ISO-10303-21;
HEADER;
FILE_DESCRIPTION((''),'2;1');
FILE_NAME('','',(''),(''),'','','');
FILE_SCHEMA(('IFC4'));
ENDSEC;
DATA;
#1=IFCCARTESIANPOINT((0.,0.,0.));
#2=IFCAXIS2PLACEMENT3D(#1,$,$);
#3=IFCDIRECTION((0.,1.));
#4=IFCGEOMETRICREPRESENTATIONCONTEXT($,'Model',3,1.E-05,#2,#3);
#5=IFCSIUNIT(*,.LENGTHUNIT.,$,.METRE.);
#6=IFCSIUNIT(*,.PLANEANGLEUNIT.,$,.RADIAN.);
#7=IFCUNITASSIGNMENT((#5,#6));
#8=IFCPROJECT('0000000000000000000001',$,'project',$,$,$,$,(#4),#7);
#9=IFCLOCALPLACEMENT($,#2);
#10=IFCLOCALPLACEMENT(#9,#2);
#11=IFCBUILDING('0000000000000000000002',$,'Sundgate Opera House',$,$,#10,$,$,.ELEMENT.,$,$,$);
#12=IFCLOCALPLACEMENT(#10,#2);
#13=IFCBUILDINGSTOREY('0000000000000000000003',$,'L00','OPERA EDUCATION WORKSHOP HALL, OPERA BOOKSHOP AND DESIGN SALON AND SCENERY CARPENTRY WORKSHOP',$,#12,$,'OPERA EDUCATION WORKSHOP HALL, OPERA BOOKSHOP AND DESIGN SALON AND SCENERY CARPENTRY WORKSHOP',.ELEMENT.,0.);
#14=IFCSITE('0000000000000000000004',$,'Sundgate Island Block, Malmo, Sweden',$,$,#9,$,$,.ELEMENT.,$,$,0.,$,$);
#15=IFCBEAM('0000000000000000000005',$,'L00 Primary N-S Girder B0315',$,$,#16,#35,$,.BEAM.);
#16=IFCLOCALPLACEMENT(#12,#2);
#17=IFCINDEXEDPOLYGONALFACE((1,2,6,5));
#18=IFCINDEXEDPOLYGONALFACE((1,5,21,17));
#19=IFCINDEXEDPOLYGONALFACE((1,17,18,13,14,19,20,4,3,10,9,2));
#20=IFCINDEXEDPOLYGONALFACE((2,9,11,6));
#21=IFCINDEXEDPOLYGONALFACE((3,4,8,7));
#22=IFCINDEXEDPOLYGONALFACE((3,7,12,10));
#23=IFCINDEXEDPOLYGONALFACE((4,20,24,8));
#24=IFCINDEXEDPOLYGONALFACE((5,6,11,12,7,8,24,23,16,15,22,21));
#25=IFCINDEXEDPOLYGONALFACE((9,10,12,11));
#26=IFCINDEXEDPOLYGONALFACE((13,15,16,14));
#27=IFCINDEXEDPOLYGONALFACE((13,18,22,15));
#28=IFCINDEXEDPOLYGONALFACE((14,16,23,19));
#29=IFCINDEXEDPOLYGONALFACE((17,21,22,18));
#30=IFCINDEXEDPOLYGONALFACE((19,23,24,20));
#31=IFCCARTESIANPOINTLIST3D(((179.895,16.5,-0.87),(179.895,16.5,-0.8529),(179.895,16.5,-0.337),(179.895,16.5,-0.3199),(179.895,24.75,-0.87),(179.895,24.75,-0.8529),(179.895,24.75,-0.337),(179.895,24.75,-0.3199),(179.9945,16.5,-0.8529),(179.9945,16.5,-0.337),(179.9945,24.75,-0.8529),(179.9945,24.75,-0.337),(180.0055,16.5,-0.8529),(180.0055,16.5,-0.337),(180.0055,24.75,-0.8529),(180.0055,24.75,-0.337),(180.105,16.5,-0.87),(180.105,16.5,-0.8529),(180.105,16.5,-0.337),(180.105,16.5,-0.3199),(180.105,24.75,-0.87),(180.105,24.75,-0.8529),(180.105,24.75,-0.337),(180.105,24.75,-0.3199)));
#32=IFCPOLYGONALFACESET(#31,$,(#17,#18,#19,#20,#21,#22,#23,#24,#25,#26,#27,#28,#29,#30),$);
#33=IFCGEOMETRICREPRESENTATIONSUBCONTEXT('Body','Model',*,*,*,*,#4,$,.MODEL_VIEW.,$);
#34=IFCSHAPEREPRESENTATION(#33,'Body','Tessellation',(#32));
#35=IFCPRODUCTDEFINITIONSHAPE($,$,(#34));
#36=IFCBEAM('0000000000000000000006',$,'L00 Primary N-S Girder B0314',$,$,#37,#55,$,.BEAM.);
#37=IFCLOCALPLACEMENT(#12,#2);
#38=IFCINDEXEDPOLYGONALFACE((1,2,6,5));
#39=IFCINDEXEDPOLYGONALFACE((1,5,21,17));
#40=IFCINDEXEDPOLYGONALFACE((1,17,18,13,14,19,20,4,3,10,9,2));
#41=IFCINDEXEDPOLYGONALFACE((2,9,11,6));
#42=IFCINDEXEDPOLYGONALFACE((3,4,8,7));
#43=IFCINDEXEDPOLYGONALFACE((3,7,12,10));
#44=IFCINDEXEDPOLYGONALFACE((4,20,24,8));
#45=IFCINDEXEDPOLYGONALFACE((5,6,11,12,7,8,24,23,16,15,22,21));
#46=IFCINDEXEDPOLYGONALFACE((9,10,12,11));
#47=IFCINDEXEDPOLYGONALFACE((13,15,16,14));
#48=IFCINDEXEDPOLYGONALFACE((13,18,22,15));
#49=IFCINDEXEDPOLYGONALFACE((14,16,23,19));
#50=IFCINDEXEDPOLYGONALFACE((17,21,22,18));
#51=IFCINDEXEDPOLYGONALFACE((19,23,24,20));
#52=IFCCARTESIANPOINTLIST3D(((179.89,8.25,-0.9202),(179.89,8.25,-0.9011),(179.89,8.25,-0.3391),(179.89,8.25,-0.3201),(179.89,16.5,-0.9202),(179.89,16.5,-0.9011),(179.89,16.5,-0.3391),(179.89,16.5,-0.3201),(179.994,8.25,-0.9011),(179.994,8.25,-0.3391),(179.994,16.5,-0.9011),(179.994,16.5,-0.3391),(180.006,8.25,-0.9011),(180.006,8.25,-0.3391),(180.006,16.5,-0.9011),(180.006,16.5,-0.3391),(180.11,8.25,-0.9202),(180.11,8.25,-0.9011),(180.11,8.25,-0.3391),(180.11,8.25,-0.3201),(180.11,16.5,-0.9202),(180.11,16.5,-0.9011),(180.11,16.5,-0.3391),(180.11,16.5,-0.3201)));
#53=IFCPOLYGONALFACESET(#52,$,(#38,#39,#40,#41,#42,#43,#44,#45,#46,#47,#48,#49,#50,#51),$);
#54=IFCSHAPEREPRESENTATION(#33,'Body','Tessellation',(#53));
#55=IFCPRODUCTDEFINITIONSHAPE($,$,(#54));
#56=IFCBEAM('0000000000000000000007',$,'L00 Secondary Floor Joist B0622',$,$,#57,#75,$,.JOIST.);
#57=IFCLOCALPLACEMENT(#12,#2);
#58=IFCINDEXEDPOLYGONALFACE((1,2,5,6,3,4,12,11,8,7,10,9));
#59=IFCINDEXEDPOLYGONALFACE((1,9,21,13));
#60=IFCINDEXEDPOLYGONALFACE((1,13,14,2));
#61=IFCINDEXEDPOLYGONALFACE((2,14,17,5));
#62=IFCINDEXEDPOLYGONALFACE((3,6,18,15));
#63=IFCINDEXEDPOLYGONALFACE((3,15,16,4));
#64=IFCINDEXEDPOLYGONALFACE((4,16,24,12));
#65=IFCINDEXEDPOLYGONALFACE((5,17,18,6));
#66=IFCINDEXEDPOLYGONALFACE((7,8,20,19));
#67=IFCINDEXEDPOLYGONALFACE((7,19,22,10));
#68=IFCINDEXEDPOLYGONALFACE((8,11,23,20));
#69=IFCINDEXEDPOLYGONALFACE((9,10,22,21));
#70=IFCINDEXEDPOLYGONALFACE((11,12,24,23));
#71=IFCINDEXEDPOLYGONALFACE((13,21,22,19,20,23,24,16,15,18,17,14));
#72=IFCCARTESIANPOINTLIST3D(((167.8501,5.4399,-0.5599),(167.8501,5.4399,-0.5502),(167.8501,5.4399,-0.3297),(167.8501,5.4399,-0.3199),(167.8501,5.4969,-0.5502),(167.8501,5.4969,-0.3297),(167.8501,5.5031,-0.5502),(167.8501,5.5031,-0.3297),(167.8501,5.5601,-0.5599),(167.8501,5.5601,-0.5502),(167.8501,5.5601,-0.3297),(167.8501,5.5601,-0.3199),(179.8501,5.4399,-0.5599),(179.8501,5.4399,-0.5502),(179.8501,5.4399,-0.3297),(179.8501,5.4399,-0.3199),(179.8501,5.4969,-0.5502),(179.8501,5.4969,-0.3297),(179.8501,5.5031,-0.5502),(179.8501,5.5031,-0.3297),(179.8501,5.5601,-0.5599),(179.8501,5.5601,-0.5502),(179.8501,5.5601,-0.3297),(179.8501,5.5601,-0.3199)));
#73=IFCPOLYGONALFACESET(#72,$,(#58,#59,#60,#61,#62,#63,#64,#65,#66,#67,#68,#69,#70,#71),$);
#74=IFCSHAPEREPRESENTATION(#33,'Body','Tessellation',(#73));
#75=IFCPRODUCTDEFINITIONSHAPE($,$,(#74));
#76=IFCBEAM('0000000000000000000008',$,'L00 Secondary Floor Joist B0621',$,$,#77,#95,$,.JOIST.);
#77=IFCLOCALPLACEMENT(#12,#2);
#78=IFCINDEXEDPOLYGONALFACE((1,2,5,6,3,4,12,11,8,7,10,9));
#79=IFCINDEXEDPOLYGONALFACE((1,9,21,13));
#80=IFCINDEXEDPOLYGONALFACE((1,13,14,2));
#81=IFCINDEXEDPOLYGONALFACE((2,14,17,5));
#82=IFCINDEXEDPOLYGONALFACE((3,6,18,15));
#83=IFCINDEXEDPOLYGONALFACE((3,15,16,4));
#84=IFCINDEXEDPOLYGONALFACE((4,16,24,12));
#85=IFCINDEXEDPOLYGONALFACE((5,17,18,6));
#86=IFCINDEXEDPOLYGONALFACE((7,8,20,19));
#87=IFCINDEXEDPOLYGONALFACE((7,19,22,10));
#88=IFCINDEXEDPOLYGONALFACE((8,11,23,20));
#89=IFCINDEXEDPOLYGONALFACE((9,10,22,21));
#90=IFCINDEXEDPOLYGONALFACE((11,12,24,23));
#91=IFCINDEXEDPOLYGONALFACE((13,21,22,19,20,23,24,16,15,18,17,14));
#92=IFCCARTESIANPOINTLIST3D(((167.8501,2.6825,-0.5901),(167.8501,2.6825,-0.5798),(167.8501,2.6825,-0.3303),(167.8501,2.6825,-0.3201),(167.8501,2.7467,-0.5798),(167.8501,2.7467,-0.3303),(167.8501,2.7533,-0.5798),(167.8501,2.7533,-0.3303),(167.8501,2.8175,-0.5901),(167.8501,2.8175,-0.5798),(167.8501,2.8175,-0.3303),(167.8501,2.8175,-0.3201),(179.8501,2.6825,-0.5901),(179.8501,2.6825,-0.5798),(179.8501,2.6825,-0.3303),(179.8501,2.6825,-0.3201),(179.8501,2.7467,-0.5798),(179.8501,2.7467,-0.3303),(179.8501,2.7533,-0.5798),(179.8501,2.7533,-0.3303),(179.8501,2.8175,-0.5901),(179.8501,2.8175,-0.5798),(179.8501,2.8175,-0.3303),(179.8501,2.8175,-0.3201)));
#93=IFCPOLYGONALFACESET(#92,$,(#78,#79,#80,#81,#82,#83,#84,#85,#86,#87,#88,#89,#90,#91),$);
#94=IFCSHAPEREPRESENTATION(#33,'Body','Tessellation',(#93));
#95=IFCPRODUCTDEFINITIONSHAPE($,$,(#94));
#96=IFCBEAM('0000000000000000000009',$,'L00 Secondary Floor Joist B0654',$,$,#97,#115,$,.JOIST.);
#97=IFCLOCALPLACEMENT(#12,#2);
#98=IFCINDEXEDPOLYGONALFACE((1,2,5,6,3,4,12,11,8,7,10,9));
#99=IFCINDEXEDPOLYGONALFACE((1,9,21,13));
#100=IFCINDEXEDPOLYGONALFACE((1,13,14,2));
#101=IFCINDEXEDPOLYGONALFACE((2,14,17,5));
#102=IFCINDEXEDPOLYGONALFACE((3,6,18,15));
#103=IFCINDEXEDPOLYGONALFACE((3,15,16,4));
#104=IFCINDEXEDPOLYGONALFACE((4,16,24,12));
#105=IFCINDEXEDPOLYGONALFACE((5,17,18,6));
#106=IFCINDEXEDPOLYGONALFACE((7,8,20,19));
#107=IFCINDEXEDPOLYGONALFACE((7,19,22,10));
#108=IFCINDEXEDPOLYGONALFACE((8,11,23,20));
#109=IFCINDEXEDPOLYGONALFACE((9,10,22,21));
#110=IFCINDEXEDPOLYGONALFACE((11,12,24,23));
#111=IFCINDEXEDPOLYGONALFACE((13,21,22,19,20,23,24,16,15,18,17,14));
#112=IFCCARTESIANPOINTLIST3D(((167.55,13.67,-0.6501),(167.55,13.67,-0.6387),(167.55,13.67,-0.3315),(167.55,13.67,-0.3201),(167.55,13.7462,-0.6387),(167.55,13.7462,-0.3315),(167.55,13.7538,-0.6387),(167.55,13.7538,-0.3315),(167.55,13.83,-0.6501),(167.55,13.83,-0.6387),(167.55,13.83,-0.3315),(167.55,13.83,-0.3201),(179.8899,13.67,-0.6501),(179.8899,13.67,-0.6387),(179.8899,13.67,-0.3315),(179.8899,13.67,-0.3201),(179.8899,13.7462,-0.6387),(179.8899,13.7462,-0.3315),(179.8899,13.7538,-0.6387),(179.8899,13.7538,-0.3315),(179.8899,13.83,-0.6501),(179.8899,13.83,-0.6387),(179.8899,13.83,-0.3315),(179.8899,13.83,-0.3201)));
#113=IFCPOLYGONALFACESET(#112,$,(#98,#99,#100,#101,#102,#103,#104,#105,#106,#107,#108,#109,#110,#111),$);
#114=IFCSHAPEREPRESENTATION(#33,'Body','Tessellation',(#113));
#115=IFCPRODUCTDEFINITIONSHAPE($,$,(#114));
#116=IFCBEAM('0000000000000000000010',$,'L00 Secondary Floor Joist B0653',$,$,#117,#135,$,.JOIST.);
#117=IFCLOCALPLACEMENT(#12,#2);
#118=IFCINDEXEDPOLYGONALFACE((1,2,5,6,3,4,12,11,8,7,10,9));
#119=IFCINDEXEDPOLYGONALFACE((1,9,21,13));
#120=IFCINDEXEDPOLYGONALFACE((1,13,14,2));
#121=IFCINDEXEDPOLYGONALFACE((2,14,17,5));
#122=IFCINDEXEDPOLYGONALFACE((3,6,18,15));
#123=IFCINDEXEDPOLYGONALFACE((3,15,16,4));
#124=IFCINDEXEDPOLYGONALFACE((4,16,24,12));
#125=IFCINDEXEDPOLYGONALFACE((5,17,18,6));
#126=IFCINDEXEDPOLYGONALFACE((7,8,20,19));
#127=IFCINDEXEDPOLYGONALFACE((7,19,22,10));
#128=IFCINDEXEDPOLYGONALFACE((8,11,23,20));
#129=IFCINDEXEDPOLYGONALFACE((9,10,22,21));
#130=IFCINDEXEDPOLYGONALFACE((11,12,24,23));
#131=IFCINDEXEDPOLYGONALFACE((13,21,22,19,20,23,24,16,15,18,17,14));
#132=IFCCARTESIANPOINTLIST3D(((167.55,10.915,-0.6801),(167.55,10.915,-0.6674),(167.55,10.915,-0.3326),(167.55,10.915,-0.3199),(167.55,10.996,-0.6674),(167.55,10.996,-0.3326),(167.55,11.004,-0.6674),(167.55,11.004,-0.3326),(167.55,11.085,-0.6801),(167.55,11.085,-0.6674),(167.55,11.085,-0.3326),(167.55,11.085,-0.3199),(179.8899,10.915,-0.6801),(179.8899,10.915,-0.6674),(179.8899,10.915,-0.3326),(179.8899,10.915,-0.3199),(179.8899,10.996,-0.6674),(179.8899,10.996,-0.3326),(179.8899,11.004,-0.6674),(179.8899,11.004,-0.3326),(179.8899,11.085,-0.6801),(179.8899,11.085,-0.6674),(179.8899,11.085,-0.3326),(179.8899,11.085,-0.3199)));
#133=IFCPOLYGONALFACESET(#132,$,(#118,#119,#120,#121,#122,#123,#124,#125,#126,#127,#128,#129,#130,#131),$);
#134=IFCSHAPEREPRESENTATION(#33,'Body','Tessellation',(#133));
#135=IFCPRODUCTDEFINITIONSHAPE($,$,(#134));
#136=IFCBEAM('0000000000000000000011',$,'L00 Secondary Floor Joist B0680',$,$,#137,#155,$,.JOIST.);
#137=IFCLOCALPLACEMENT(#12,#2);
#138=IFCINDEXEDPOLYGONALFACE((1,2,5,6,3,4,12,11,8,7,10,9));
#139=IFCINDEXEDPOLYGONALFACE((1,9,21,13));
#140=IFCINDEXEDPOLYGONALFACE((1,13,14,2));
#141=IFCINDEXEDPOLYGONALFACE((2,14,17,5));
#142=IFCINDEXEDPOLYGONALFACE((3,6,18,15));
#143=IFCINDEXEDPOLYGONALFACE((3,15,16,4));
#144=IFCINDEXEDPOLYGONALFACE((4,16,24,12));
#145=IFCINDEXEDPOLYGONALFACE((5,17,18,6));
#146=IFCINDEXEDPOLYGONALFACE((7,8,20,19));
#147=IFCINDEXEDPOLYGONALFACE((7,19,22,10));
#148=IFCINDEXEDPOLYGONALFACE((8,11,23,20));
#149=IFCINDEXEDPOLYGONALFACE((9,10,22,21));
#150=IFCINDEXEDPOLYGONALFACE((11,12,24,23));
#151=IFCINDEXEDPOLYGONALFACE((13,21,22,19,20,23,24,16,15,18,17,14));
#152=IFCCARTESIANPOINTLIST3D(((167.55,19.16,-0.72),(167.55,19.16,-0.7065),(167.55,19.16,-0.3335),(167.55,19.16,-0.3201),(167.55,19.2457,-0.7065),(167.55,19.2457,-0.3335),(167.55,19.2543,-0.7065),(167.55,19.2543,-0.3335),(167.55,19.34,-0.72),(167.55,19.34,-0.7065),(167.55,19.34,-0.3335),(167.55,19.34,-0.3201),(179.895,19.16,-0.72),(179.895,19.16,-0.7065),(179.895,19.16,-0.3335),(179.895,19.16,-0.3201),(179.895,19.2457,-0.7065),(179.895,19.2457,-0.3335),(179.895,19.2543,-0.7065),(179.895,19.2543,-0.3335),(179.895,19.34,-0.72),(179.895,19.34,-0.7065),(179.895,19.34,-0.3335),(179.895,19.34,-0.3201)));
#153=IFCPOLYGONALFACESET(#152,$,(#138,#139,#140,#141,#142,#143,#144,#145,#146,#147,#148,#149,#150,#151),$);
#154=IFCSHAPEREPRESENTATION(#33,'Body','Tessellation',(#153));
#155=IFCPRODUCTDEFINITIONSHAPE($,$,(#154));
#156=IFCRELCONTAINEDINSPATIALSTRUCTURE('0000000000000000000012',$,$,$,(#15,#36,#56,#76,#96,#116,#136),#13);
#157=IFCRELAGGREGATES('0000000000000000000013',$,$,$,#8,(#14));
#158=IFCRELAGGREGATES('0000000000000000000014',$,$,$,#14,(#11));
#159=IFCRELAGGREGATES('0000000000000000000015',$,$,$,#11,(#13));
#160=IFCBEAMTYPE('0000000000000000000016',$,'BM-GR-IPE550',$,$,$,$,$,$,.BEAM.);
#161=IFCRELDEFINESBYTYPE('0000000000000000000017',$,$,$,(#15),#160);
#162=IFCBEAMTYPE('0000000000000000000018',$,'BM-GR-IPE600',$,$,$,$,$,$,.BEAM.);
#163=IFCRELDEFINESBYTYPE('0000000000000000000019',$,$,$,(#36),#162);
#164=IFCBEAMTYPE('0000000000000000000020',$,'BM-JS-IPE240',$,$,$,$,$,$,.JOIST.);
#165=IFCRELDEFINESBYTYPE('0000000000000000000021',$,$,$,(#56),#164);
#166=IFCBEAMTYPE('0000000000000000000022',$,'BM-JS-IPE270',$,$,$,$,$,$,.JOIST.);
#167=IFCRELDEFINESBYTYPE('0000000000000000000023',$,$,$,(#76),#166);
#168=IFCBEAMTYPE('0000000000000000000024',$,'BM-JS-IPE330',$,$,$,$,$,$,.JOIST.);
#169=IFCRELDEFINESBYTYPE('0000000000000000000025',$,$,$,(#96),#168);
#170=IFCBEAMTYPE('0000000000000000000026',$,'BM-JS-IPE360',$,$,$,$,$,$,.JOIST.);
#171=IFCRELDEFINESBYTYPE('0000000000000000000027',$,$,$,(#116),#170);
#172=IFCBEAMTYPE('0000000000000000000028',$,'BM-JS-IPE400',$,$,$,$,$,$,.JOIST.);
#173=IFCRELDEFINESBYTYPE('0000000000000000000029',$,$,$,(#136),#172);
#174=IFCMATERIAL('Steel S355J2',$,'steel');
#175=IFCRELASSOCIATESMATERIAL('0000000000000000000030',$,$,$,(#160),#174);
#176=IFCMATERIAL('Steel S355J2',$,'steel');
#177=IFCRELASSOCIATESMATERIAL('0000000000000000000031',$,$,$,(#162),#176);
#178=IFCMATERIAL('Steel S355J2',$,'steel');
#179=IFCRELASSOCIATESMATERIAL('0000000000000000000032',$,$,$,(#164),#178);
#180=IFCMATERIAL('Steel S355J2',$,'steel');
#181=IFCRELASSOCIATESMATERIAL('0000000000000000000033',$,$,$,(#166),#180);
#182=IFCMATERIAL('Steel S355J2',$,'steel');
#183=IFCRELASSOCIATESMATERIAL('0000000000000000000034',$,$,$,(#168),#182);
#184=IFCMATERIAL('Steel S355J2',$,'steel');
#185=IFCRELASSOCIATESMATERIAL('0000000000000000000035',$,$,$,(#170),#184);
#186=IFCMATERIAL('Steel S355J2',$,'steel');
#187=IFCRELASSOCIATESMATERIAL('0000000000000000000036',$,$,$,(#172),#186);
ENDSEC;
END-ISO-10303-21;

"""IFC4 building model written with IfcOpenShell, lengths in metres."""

from ifc_helpers import new_model, si_unit, direction, frame, origin, origin_2d, place, context, subcontext, project, spatial, i_section, extrude, material, material_profile, profile_set, type_object, element, save


model = new_model("IFC4")

# Units and contexts
model_context = context("Model", 3, precision=1e-05, world=origin(), true_north=direction((0.0, 1.0)))
body_context = subcontext(model_context, "Body", "Model", "MODEL_VIEW")
ifc_project = project(units=[si_unit("LENGTHUNIT", "METRE"), si_unit("PLANEANGLEUNIT", "RADIAN")], contexts=[model_context])

# Site, building, storey
site_placement = place(None, origin())
site = spatial("IfcSite", under=ifc_project, at=site_placement, Name="Sundgate Island Block, Malmo, Sweden", CompositionType="ELEMENT", RefElevation=0.0)
building_placement = place(site_placement, origin())
building = spatial("IfcBuilding", under=site, at=building_placement, Name="Sundgate Opera House", CompositionType="ELEMENT")
storey_placement = place(building_placement, origin())
storey = spatial("IfcBuildingStorey", under=building, at=storey_placement, Name="L00", Description="OPERA EDUCATION WORKSHOP HALL, OPERA BOOKSHOP AND DESIGN SALON AND SCENERY CARPENTRY WORKSHOP", LongName="OPERA EDUCATION WORKSHOP HALL, OPERA BOOKSHOP AND DESIGN SALON AND SCENERY CARPENTRY WORKSHOP", CompositionType="ELEMENT", Elevation=0.0)

# Beams
ifc_material_1 = material(Name="Steel S355J2", Category="steel")
ifc_material_profile_1 = material_profile(ifc_material_1, i_section(OverallWidth=0.21, OverallDepth=0.55, WebThickness=0.011, FlangeThickness=0.0171, at=origin_2d()), Name="IPE 550")
ifc_profile_set_1 = profile_set([ifc_material_profile_1], Name="Steel S355J2")
beam_type_1 = type_object("IfcBeamType", Name="BM-GR-IPE550", PredefinedType="BEAM", material=ifc_profile_set_1)
beam_1_placement = place(storey_placement, frame((180.0, 16.5, -0.595), z_axis=(0.0, 1.0, 0.0), x_axis=(-1.0, 0.0, 0.0)))
element("IfcBeam", 1, at=beam_1_placement, inside=storey, type_object=beam_type_1, Name="L00 Primary N-S Girder B0315", PredefinedType="BEAM", context=body_context, shape_type="SweptSolid", body=[
    extrude(i_section(OverallWidth=0.21, OverallDepth=0.55, WebThickness=0.011, FlangeThickness=0.0171, at=origin_2d()), origin(), (0.0, 0.0, 1.0), 8.25),
])
ifc_material_2 = material(Name="Steel S355J2", Category="steel")
ifc_material_profile_2 = material_profile(ifc_material_2, i_section(OverallWidth=0.22, OverallDepth=0.6001, WebThickness=0.012, FlangeThickness=0.019, at=origin_2d()), Name="IPE 600")
ifc_profile_set_2 = profile_set([ifc_material_profile_2], Name="Steel S355J2")
beam_type_2 = type_object("IfcBeamType", Name="BM-GR-IPE600", PredefinedType="BEAM", material=ifc_profile_set_2)
beam_2_placement = place(storey_placement, frame((180.0, 8.25, -0.6201), z_axis=(0.0, 1.0, 0.0), x_axis=(-1.0, 0.0, 0.0)))
element("IfcBeam", 2, at=beam_2_placement, inside=storey, type_object=beam_type_2, Name="L00 Primary N-S Girder B0314", PredefinedType="BEAM", context=body_context, shape_type="SweptSolid", body=[
    extrude(i_section(OverallWidth=0.22, OverallDepth=0.6001, WebThickness=0.012, FlangeThickness=0.019, at=origin_2d()), origin(), (0.0, 0.0, 1.0), 8.25),
])
ifc_material_3 = material(Name="Steel S355J2", Category="steel")
ifc_material_profile_3 = material_profile(ifc_material_3, i_section(OverallWidth=0.1201, OverallDepth=0.24, WebThickness=0.0061, FlangeThickness=0.0098, at=origin_2d()), Name="IPE 240")
ifc_profile_set_3 = profile_set([ifc_material_profile_3], Name="Steel S355J2")
beam_type_3 = type_object("IfcBeamType", Name="BM-JS-IPE240", PredefinedType="JOIST", material=ifc_profile_set_3)
beam_3_placement = place(storey_placement, frame((167.8501, 5.5, -0.4399), z_axis=(1.0, 0.0, 0.0), x_axis=(0.0, 1.0, 0.0)))
element("IfcBeam", 3, at=beam_3_placement, inside=storey, type_object=beam_type_3, Name="L00 Secondary Floor Joist B0622", PredefinedType="JOIST", context=body_context, shape_type="SweptSolid", body=[
    extrude(i_section(OverallWidth=0.1201, OverallDepth=0.24, WebThickness=0.0061, FlangeThickness=0.0098, at=origin_2d()), origin(), (0.0, 0.0, 1.0), 12.0),
])
ifc_material_4 = material(Name="Steel S355J2", Category="steel")
ifc_material_profile_4 = material_profile(ifc_material_4, i_section(OverallWidth=0.135, OverallDepth=0.27, WebThickness=0.0066, FlangeThickness=0.0103, at=origin_2d()), Name="IPE 270")
ifc_profile_set_4 = profile_set([ifc_material_profile_4], Name="Steel S355J2")
beam_type_4 = type_object("IfcBeamType", Name="BM-JS-IPE270", PredefinedType="JOIST", material=ifc_profile_set_4)
beam_4_placement = place(storey_placement, frame((167.8501, 2.75, -0.4551), z_axis=(1.0, 0.0, 0.0), x_axis=(0.0, 1.0, 0.0)))
element("IfcBeam", 4, at=beam_4_placement, inside=storey, type_object=beam_type_4, Name="L00 Secondary Floor Joist B0621", PredefinedType="JOIST", context=body_context, shape_type="SweptSolid", body=[
    extrude(i_section(OverallWidth=0.135, OverallDepth=0.27, WebThickness=0.0066, FlangeThickness=0.0103, at=origin_2d()), origin(), (0.0, 0.0, 1.0), 12.0),
])
ifc_material_5 = material(Name="Steel S355J2", Category="steel")
ifc_material_profile_5 = material_profile(ifc_material_5, i_section(OverallWidth=0.1599, OverallDepth=0.3301, WebThickness=0.0076, FlangeThickness=0.0115, at=origin_2d()), Name="IPE 330")
ifc_profile_set_5 = profile_set([ifc_material_profile_5], Name="Steel S355J2")
beam_type_5 = type_object("IfcBeamType", Name="BM-JS-IPE330", PredefinedType="JOIST", material=ifc_profile_set_5)
beam_5_placement = place(storey_placement, frame((167.55, 13.75, -0.4851), z_axis=(1.0, 0.0, 0.0), x_axis=(0.0, 1.0, 0.0)))
element("IfcBeam", 5, at=beam_5_placement, inside=storey, type_object=beam_type_5, Name="L00 Secondary Floor Joist B0654", PredefinedType="JOIST", context=body_context, shape_type="SweptSolid", body=[
    extrude(i_section(OverallWidth=0.1599, OverallDepth=0.3301, WebThickness=0.0076, FlangeThickness=0.0115, at=origin_2d()), origin(), (0.0, 0.0, 1.0), 12.3398),
])
ifc_material_6 = material(Name="Steel S355J2", Category="steel")
ifc_material_profile_6 = material_profile(ifc_material_6, i_section(OverallWidth=0.1699, OverallDepth=0.3601, WebThickness=0.0081, FlangeThickness=0.0127, at=origin_2d()), Name="IPE 360")
ifc_profile_set_6 = profile_set([ifc_material_profile_6], Name="Steel S355J2")
beam_type_6 = type_object("IfcBeamType", Name="BM-JS-IPE360", PredefinedType="JOIST", material=ifc_profile_set_6)
beam_6_placement = place(storey_placement, frame((167.55, 11.0, -0.5), z_axis=(1.0, 0.0, 0.0), x_axis=(0.0, 1.0, 0.0)))
element("IfcBeam", 6, at=beam_6_placement, inside=storey, type_object=beam_type_6, Name="L00 Secondary Floor Joist B0653", PredefinedType="JOIST", context=body_context, shape_type="SweptSolid", body=[
    extrude(i_section(OverallWidth=0.1699, OverallDepth=0.3601, WebThickness=0.0081, FlangeThickness=0.0127, at=origin_2d()), origin(), (0.0, 0.0, 1.0), 12.3398),
])
ifc_material_7 = material(Name="Steel S355J2", Category="steel")
ifc_material_profile_7 = material_profile(ifc_material_7, i_section(OverallWidth=0.1799, OverallDepth=0.3999, WebThickness=0.0085, FlangeThickness=0.0134, at=origin_2d()), Name="IPE 400")
ifc_profile_set_7 = profile_set([ifc_material_profile_7], Name="Steel S355J2")
beam_type_7 = type_object("IfcBeamType", Name="BM-JS-IPE400", PredefinedType="JOIST", material=ifc_profile_set_7)
beam_7_placement = place(storey_placement, frame((167.55, 19.25, -0.52), z_axis=(1.0, 0.0, 0.0), x_axis=(0.0, 1.0, 0.0)))
element("IfcBeam", 7, at=beam_7_placement, inside=storey, type_object=beam_type_7, Name="L00 Secondary Floor Joist B0680", PredefinedType="JOIST", context=body_context, shape_type="SweptSolid", body=[
    extrude(i_section(OverallWidth=0.1799, OverallDepth=0.3999, WebThickness=0.0085, FlangeThickness=0.0134, at=origin_2d()), origin(), (0.0, 0.0, 1.0), 12.345),
])

save(model, "model.ifc")
